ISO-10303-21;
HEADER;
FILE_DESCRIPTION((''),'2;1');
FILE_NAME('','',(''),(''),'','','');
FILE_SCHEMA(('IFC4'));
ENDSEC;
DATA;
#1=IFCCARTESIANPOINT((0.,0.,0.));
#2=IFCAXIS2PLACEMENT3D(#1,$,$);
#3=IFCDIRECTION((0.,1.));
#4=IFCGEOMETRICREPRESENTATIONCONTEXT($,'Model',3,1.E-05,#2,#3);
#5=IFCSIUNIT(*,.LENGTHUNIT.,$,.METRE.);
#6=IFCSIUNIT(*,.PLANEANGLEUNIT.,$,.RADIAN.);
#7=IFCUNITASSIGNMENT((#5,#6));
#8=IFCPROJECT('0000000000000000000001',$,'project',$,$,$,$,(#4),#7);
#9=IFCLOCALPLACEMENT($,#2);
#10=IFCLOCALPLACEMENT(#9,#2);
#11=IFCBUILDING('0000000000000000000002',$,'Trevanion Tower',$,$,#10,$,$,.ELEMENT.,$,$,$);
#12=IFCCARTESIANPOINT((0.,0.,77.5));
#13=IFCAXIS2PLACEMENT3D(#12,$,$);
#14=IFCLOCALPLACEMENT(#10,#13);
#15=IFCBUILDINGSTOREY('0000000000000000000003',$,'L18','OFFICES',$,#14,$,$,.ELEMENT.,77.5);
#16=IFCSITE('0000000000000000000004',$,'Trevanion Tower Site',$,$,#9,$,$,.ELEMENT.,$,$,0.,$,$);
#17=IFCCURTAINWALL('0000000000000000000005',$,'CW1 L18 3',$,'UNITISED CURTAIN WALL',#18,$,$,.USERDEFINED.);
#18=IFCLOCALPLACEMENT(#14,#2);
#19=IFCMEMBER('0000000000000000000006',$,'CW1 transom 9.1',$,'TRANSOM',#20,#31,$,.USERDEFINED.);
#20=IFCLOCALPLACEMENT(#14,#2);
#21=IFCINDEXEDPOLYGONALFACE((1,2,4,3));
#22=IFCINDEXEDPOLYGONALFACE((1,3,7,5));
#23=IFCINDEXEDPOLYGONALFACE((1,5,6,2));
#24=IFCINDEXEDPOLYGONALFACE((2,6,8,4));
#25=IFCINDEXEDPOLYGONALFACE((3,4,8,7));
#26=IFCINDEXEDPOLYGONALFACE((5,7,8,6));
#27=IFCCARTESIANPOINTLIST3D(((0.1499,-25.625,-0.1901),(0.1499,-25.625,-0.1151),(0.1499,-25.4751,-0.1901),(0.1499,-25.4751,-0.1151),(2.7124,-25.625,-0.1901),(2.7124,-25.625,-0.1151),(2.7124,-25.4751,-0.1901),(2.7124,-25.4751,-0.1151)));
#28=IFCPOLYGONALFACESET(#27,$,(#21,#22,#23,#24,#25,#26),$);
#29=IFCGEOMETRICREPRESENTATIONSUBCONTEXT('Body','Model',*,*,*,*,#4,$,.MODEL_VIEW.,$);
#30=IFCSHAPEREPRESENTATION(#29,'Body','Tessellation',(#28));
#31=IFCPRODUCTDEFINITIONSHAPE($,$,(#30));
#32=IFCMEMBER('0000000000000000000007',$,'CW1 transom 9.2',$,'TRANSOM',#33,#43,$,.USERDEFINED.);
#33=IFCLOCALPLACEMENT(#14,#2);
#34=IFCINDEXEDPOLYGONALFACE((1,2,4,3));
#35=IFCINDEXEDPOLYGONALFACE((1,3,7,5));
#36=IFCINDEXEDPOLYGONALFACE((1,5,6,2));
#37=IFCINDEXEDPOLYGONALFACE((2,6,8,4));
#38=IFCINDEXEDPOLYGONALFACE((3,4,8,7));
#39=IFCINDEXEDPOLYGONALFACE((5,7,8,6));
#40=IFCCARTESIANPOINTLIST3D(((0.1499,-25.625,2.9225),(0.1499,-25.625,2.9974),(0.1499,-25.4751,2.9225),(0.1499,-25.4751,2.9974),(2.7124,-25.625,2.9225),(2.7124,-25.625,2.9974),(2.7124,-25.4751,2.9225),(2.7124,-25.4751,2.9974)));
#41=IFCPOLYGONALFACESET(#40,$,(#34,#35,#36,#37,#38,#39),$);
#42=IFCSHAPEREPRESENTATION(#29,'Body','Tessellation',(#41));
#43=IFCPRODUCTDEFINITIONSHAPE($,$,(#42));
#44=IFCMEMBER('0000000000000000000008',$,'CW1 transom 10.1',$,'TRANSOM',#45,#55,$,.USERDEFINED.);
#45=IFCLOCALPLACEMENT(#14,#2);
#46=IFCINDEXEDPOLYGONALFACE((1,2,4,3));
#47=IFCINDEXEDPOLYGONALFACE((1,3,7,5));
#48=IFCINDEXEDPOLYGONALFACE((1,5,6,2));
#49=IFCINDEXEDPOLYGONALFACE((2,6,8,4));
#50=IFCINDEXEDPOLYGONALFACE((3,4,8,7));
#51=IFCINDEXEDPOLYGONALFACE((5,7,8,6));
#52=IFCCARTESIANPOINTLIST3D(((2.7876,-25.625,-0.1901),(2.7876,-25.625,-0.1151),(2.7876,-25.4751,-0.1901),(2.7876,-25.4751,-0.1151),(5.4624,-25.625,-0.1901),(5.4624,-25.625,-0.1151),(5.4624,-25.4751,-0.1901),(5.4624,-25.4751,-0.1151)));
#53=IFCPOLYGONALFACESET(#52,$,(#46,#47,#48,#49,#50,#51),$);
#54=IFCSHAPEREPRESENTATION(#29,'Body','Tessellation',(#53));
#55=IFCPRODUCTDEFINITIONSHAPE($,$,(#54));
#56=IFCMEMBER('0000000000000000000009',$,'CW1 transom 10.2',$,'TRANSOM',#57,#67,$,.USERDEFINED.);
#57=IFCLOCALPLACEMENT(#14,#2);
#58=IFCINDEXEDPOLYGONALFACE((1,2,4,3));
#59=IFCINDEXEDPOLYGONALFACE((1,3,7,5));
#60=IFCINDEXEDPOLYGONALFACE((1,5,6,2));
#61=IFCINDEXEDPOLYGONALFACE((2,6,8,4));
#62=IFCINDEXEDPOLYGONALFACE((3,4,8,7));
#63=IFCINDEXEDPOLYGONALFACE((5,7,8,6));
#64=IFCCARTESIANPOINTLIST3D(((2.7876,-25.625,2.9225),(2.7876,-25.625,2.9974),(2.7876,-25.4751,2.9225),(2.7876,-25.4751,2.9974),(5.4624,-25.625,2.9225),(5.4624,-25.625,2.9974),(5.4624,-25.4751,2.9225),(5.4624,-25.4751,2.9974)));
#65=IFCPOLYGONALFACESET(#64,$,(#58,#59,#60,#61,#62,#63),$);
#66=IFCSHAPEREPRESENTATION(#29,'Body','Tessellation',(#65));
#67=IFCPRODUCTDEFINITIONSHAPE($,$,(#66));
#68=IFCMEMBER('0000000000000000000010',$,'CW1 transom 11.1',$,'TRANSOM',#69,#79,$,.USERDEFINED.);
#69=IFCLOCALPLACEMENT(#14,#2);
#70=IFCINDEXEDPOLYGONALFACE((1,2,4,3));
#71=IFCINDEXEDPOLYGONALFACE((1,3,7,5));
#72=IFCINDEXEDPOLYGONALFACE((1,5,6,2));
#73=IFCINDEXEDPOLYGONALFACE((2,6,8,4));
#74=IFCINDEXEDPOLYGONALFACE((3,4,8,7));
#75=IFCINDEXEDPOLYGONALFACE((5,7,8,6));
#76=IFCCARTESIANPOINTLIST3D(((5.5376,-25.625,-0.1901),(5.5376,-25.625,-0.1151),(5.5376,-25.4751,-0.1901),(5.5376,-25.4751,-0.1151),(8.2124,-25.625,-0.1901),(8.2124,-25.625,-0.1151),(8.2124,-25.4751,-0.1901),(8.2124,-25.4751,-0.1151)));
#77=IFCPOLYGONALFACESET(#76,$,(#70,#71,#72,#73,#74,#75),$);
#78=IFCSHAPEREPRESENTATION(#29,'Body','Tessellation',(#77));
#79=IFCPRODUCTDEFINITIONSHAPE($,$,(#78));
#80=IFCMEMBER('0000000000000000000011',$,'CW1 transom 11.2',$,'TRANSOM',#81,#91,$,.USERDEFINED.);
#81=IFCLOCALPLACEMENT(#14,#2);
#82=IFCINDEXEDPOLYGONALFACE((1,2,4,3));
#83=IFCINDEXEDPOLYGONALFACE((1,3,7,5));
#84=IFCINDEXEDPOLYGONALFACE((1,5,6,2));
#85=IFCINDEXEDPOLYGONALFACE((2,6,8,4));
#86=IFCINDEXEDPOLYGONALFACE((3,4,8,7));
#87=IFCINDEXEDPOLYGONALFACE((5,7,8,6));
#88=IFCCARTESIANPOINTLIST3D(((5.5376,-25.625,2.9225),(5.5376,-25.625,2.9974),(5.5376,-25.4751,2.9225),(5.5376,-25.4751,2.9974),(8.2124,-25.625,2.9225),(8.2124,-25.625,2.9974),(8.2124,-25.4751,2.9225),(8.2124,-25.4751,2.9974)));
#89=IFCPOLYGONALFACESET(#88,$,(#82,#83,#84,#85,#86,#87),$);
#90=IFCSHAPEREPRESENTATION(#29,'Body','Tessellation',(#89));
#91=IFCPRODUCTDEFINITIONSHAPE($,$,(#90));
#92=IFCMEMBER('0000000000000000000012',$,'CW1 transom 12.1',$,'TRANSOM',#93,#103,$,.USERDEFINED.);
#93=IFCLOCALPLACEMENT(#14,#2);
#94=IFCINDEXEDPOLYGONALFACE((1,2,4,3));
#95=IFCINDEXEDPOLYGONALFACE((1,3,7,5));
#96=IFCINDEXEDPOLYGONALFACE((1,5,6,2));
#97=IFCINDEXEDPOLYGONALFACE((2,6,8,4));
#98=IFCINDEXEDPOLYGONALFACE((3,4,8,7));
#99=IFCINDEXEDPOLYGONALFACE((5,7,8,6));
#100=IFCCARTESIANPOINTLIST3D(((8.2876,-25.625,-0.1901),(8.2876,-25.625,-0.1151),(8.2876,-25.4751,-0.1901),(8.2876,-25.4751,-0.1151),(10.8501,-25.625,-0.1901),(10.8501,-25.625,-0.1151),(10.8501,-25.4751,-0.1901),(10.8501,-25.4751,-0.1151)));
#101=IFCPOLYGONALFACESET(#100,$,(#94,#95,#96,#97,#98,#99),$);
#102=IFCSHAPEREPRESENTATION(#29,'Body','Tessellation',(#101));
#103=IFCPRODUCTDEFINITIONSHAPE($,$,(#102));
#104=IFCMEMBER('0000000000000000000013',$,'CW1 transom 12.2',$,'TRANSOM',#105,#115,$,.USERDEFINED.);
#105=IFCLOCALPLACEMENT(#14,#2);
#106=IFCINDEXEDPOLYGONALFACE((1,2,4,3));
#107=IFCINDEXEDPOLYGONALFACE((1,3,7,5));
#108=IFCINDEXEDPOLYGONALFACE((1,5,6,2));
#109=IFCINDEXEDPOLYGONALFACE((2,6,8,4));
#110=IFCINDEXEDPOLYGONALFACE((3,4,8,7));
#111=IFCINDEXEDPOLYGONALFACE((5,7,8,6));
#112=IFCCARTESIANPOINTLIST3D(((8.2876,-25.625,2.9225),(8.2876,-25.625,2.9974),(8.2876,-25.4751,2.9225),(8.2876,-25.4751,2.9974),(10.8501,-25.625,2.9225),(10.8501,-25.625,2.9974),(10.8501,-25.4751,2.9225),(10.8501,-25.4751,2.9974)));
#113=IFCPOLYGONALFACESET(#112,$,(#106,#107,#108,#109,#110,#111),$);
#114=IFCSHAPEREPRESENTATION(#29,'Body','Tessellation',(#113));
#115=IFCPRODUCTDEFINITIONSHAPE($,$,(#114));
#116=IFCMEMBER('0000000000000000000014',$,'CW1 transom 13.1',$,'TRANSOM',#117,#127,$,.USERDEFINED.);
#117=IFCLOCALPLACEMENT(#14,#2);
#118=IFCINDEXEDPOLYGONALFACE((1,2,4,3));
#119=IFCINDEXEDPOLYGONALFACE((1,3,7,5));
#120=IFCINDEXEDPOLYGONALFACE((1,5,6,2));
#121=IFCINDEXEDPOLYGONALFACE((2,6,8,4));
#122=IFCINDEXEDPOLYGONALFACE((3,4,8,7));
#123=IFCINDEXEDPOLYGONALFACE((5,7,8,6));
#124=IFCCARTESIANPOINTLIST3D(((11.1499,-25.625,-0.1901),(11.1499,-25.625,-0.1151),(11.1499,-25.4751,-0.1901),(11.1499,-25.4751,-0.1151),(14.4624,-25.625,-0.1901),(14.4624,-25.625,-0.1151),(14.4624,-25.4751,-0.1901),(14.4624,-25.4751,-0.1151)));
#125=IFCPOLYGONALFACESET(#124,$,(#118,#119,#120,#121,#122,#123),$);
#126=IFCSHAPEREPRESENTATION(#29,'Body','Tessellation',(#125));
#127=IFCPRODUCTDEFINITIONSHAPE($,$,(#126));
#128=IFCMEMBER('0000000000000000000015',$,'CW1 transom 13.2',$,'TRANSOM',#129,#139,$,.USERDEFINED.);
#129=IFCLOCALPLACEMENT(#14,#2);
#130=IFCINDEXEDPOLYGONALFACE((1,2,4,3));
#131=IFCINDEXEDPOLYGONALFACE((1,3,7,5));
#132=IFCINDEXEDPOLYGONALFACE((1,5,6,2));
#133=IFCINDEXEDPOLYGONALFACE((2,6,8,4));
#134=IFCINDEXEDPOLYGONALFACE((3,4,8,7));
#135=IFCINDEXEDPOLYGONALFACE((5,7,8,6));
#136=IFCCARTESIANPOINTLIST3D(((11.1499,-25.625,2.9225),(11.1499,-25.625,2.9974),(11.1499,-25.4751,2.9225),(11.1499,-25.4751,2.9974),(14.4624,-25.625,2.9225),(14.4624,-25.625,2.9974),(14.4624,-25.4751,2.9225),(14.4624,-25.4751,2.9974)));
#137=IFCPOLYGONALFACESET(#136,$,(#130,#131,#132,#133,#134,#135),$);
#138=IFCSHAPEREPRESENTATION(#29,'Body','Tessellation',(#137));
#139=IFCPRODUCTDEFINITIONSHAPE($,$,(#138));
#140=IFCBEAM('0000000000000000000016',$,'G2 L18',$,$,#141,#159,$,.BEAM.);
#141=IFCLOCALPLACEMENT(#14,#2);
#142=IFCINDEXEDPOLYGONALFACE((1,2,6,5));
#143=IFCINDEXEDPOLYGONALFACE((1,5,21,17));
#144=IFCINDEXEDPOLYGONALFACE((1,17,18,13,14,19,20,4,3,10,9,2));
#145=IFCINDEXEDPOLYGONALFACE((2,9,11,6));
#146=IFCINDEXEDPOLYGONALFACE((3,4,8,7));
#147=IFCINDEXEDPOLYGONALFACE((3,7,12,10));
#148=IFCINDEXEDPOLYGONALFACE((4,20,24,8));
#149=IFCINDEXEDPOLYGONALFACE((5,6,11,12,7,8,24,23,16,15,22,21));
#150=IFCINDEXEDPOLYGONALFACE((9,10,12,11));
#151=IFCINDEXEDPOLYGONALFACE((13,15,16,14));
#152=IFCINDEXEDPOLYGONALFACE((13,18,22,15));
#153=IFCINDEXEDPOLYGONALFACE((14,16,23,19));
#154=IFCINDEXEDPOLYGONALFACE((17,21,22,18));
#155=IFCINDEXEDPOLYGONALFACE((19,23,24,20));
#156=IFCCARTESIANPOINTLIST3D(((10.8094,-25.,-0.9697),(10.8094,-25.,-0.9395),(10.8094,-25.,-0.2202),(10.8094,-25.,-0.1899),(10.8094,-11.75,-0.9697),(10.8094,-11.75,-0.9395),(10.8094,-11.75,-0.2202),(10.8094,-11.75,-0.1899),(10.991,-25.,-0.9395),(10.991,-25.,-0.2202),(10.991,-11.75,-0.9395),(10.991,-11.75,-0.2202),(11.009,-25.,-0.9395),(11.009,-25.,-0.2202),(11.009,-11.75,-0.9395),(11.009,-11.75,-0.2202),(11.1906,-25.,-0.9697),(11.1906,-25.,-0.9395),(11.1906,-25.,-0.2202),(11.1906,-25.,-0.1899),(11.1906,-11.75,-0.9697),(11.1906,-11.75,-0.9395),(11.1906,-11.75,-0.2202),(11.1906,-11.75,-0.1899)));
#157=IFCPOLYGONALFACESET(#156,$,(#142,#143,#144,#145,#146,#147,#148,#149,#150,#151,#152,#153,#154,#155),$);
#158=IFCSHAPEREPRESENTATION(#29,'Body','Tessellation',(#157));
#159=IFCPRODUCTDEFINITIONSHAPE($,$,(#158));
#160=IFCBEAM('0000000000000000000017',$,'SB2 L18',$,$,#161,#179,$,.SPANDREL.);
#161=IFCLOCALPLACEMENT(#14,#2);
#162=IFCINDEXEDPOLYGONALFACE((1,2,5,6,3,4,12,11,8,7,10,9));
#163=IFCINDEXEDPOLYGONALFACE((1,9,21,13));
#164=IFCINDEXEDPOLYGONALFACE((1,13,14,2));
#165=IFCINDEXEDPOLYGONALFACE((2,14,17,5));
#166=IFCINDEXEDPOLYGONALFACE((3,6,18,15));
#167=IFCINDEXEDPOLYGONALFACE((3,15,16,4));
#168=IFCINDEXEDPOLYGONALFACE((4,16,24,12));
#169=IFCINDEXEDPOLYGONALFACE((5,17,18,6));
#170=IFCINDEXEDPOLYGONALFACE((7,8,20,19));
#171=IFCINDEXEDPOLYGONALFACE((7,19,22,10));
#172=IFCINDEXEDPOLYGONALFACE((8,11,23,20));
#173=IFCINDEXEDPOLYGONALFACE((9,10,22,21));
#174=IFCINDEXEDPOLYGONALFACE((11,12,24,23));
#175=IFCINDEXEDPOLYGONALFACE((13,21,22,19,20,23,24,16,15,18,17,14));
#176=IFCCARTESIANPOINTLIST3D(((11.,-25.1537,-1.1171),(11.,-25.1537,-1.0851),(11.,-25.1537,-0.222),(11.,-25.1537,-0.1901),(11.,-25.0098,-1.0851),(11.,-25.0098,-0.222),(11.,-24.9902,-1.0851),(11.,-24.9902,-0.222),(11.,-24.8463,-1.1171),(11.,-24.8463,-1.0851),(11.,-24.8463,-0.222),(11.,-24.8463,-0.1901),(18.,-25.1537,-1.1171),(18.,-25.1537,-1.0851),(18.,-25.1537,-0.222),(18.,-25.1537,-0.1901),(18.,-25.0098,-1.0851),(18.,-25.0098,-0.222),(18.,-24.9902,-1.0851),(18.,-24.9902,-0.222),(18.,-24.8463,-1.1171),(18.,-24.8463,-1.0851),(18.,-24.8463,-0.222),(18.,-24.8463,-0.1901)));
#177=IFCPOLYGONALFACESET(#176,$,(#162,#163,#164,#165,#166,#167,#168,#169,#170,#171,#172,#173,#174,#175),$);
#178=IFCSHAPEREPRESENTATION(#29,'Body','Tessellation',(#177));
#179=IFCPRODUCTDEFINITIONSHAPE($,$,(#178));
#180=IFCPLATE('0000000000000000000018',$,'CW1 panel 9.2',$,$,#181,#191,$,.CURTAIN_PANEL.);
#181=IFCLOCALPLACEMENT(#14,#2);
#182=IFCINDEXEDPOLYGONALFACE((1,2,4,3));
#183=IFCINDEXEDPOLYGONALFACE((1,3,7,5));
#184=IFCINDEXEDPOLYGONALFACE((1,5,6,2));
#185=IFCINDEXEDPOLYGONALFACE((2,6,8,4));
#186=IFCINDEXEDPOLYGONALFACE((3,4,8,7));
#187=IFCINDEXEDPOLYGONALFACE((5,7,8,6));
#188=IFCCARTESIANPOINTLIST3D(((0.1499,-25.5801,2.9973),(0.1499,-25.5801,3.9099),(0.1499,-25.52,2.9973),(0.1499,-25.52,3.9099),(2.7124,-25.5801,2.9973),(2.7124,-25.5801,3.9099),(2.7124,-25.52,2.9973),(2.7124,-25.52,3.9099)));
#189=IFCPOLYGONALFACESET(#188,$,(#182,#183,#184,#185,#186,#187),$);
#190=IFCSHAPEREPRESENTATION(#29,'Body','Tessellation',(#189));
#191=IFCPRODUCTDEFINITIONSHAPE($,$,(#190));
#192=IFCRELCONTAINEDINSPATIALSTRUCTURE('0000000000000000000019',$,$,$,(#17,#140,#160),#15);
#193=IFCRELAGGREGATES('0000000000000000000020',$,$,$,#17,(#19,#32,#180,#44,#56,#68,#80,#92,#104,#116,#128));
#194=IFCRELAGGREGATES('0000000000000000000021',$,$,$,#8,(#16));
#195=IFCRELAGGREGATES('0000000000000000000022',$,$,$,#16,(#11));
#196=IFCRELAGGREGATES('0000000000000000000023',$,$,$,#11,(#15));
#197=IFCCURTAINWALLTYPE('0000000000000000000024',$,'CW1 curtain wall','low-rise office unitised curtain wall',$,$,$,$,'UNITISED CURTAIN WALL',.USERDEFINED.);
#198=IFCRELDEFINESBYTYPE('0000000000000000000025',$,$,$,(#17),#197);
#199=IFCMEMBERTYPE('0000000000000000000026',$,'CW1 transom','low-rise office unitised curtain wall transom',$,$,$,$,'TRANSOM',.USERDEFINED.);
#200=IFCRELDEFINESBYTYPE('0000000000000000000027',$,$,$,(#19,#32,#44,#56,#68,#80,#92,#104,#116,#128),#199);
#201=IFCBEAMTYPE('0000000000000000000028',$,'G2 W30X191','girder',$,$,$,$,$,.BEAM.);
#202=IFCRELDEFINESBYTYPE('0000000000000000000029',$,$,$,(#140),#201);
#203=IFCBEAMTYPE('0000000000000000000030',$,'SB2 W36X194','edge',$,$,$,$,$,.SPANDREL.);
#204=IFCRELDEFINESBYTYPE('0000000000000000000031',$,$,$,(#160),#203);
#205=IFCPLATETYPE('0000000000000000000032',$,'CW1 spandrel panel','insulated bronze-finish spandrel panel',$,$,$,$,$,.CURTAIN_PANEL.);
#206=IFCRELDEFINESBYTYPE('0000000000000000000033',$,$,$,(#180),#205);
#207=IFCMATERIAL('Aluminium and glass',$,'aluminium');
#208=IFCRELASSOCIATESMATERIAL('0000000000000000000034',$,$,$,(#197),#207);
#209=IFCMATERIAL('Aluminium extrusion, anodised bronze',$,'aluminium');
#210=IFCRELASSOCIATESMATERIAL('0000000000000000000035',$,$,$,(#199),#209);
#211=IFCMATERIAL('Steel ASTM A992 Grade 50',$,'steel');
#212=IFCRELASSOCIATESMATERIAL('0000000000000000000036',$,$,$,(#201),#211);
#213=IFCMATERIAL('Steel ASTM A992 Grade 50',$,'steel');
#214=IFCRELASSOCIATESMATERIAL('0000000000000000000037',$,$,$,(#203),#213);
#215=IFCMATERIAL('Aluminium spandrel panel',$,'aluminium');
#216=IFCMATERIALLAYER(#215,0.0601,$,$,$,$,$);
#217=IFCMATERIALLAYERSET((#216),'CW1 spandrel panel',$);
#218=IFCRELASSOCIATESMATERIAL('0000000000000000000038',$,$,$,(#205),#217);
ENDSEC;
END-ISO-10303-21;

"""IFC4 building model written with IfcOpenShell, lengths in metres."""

from ifc_helpers import new_model, si_unit, direction, frame, origin, origin_2d, place, context, subcontext, project, spatial, rectangle, i_section, extrude, material, layer, layer_set, material_profile, profile_set, type_object, element, aggregate, save


model = new_model("IFC4")

# Units and contexts
model_context = context("Model", 3, precision=1e-05, world=origin(), true_north=direction((0.0, 1.0)))
body_context = subcontext(model_context, "Body", "Model", "MODEL_VIEW")
ifc_project = project(units=[si_unit("LENGTHUNIT", "METRE"), si_unit("PLANEANGLEUNIT", "RADIAN")], contexts=[model_context])

# Site, building, storey
site_placement = place(None, origin())
site = spatial("IfcSite", under=ifc_project, at=site_placement, Name="Trevanion Tower Site", CompositionType="ELEMENT", RefElevation=0.0)
building_placement = place(site_placement, origin())
building = spatial("IfcBuilding", under=site, at=building_placement, Name="Trevanion Tower", CompositionType="ELEMENT")
storey_placement = place(building_placement, frame((0.0, 0.0, 77.5)))
storey = spatial("IfcBuildingStorey", under=building, at=storey_placement, Name="L18", Description="OFFICES", CompositionType="ELEMENT", Elevation=77.5)

# Curtain wall, members
ifc_material_1 = material(Name="Aluminium and glass", Category="aluminium")
curtain_wall_type = type_object("IfcCurtainWallType", Name="CW1 curtain wall", Description="low-rise office unitised curtain wall", ElementType="UNITISED CURTAIN WALL", PredefinedType="USERDEFINED", material=ifc_material_1)
curtain_wall_placement = place(storey_placement, origin())
curtain_wall = element("IfcCurtainWall", 1, at=curtain_wall_placement, inside=storey, type_object=curtain_wall_type, Name="CW1 L18 3", ObjectType="UNITISED CURTAIN WALL", PredefinedType="USERDEFINED")
ifc_material_2 = material(Name="Aluminium extrusion, anodised bronze", Category="aluminium")
ifc_material_profile_1 = material_profile(ifc_material_2, rectangle(XDim=0.1499, YDim=0.075, at=origin_2d()), Name="CW1 transom")
ifc_profile_set_1 = profile_set([ifc_material_profile_1], Name="Aluminium extrusion, anodised bronze")
member_type_1 = type_object("IfcMemberType", Name="CW1 transom", Description="low-rise office unitised curtain wall transom", ElementType="TRANSOM", PredefinedType="USERDEFINED", material=ifc_profile_set_1)
member_1_placement = place(storey_placement, frame((0.1499, -25.55, -0.1526), z_axis=(1.0, 0.0, 0.0), x_axis=(0.0, 1.0, 0.0)))
member_1 = element("IfcMember", 2, at=member_1_placement, type_object=member_type_1, Name="CW1 transom 9.1", ObjectType="TRANSOM", PredefinedType="USERDEFINED", context=body_context, shape_type="SweptSolid", body=[
    extrude(rectangle(XDim=0.1499, YDim=0.075, at=origin_2d()), origin(), (0.0, 0.0, 1.0), 2.5625),
])
member_2_placement = place(storey_placement, frame((0.1499, -25.55, 2.96), z_axis=(1.0, 0.0, 0.0), x_axis=(0.0, 1.0, 0.0)))
member_2 = element("IfcMember", 3, at=member_2_placement, type_object=member_type_1, Name="CW1 transom 9.2", ObjectType="TRANSOM", PredefinedType="USERDEFINED", context=body_context, shape_type="SweptSolid", body=[
    extrude(rectangle(XDim=0.1499, YDim=0.075, at=origin_2d()), origin(), (0.0, 0.0, 1.0), 2.5625),
])
member_3_placement = place(storey_placement, frame((2.7876, -25.55, -0.1526), z_axis=(1.0, 0.0, 0.0), x_axis=(0.0, 1.0, 0.0)))
member_3 = element("IfcMember", 4, at=member_3_placement, type_object=member_type_1, Name="CW1 transom 10.1", ObjectType="TRANSOM", PredefinedType="USERDEFINED", context=body_context, shape_type="SweptSolid", body=[
    extrude(rectangle(XDim=0.1499, YDim=0.075, at=origin_2d()), origin(), (0.0, 0.0, 1.0), 2.6748),
])
member_4_placement = place(storey_placement, frame((2.7876, -25.55, 2.96), z_axis=(1.0, 0.0, 0.0), x_axis=(0.0, 1.0, 0.0)))
member_4 = element("IfcMember", 5, at=member_4_placement, type_object=member_type_1, Name="CW1 transom 10.2", ObjectType="TRANSOM", PredefinedType="USERDEFINED", context=body_context, shape_type="SweptSolid", body=[
    extrude(rectangle(XDim=0.1499, YDim=0.075, at=origin_2d()), origin(), (0.0, 0.0, 1.0), 2.6748),
])
member_5_placement = place(storey_placement, frame((5.5376, -25.55, -0.1526), z_axis=(1.0, 0.0, 0.0), x_axis=(0.0, 1.0, 0.0)))
member_5 = element("IfcMember", 6, at=member_5_placement, type_object=member_type_1, Name="CW1 transom 11.1", ObjectType="TRANSOM", PredefinedType="USERDEFINED", context=body_context, shape_type="SweptSolid", body=[
    extrude(rectangle(XDim=0.1499, YDim=0.075, at=origin_2d()), origin(), (0.0, 0.0, 1.0), 2.6748),
])
member_6_placement = place(storey_placement, frame((5.5376, -25.55, 2.96), z_axis=(1.0, 0.0, 0.0), x_axis=(0.0, 1.0, 0.0)))
member_6 = element("IfcMember", 7, at=member_6_placement, type_object=member_type_1, Name="CW1 transom 11.2", ObjectType="TRANSOM", PredefinedType="USERDEFINED", context=body_context, shape_type="SweptSolid", body=[
    extrude(rectangle(XDim=0.1499, YDim=0.075, at=origin_2d()), origin(), (0.0, 0.0, 1.0), 2.6748),
])
member_7_placement = place(storey_placement, frame((8.2876, -25.55, -0.1526), z_axis=(1.0, 0.0, 0.0), x_axis=(0.0, 1.0, 0.0)))
member_7 = element("IfcMember", 8, at=member_7_placement, type_object=member_type_1, Name="CW1 transom 12.1", ObjectType="TRANSOM", PredefinedType="USERDEFINED", context=body_context, shape_type="SweptSolid", body=[
    extrude(rectangle(XDim=0.1499, YDim=0.075, at=origin_2d()), origin(), (0.0, 0.0, 1.0), 2.5625),
])
member_8_placement = place(storey_placement, frame((8.2876, -25.55, 2.96), z_axis=(1.0, 0.0, 0.0), x_axis=(0.0, 1.0, 0.0)))
member_8 = element("IfcMember", 9, at=member_8_placement, type_object=member_type_1, Name="CW1 transom 12.2", ObjectType="TRANSOM", PredefinedType="USERDEFINED", context=body_context, shape_type="SweptSolid", body=[
    extrude(rectangle(XDim=0.1499, YDim=0.075, at=origin_2d()), origin(), (0.0, 0.0, 1.0), 2.5625),
])
member_9_placement = place(storey_placement, frame((11.1499, -25.55, -0.1526), z_axis=(1.0, 0.0, 0.0), x_axis=(0.0, 1.0, 0.0)))
member_9 = element("IfcMember", 10, at=member_9_placement, type_object=member_type_1, Name="CW1 transom 13.1", ObjectType="TRANSOM", PredefinedType="USERDEFINED", context=body_context, shape_type="SweptSolid", body=[
    extrude(rectangle(XDim=0.1499, YDim=0.075, at=origin_2d()), origin(), (0.0, 0.0, 1.0), 3.3125),
])
member_10_placement = place(storey_placement, frame((11.1499, -25.55, 2.96), z_axis=(1.0, 0.0, 0.0), x_axis=(0.0, 1.0, 0.0)))
member_10 = element("IfcMember", 11, at=member_10_placement, type_object=member_type_1, Name="CW1 transom 13.2", ObjectType="TRANSOM", PredefinedType="USERDEFINED", context=body_context, shape_type="SweptSolid", body=[
    extrude(rectangle(XDim=0.1499, YDim=0.075, at=origin_2d()), origin(), (0.0, 0.0, 1.0), 3.3125),
])

# Beams
ifc_material_3 = material(Name="Steel ASTM A992 Grade 50", Category="steel")
ifc_material_profile_2 = material_profile(ifc_material_3, i_section(OverallWidth=0.3811, OverallDepth=0.7798, WebThickness=0.0181, FlangeThickness=0.0303, at=origin_2d()), Name="W30X191")
ifc_profile_set_2 = profile_set([ifc_material_profile_2], Name="Steel ASTM A992 Grade 50")
beam_type_1 = type_object("IfcBeamType", Name="G2 W30X191", Description="girder", PredefinedType="BEAM", material=ifc_profile_set_2)
beam_1_placement = place(storey_placement, frame((11.0, -11.75, -0.5798), z_axis=(0.0, -1.0, 0.0), x_axis=(1.0, 0.0, 0.0)))
element("IfcBeam", 12, at=beam_1_placement, inside=storey, type_object=beam_type_1, Name="G2 L18", PredefinedType="BEAM", context=body_context, shape_type="SweptSolid", body=[
    extrude(i_section(OverallWidth=0.3811, OverallDepth=0.7798, WebThickness=0.0181, FlangeThickness=0.0303, at=origin_2d()), origin(), (0.0, 0.0, 1.0), 13.25),
])
ifc_material_4 = material(Name="Steel ASTM A992 Grade 50", Category="steel")
ifc_material_profile_3 = material_profile(ifc_material_4, i_section(OverallWidth=0.3074, OverallDepth=0.927, WebThickness=0.0195, FlangeThickness=0.032, at=origin_2d()), Name="W36X194")
ifc_profile_set_3 = profile_set([ifc_material_profile_3], Name="Steel ASTM A992 Grade 50")
beam_type_2 = type_object("IfcBeamType", Name="SB2 W36X194", Description="edge", PredefinedType="SPANDREL", material=ifc_profile_set_3)
beam_2_placement = place(storey_placement, frame((11.0, -25.0, -0.6536), z_axis=(1.0, 0.0, 0.0), x_axis=(0.0, 1.0, 0.0)))
element("IfcBeam", 13, at=beam_2_placement, inside=storey, type_object=beam_type_2, Name="SB2 L18", PredefinedType="SPANDREL", context=body_context, shape_type="SweptSolid", body=[
    extrude(i_section(OverallWidth=0.3074, OverallDepth=0.927, WebThickness=0.0195, FlangeThickness=0.032, at=origin_2d()), origin(), (0.0, 0.0, 1.0), 7.0),
])

# Plate
ifc_material_5 = material(Name="Aluminium spandrel panel", Category="aluminium")
ifc_layer_1 = layer(ifc_material_5, 0.0601)
ifc_layer_set_1 = layer_set([ifc_layer_1], Name="CW1 spandrel panel")
plate_type_1 = type_object("IfcPlateType", Name="CW1 spandrel panel", Description="insulated bronze-finish spandrel panel", PredefinedType="CURTAIN_PANEL", material=ifc_layer_set_1)
plate_1_placement = place(storey_placement, frame((1.4312, -25.55, 2.9973), z_axis=(0.0, 0.0, 1.0), x_axis=(1.0, 0.0, 0.0)))
plate_1 = element("IfcPlate", 14, at=plate_1_placement, type_object=plate_type_1, Name="CW1 panel 9.2", PredefinedType="CURTAIN_PANEL", context=body_context, shape_type="SweptSolid", body=[
    extrude(rectangle(XDim=2.5625, YDim=0.0601, at=origin_2d()), origin(), (0.0, 0.0, 1.0), 0.9126),
])
aggregate(curtain_wall, [member_1, member_2, plate_1, member_3, member_4, member_5, member_6, member_7, member_8, member_9, member_10])

save(model, "model.ifc")
